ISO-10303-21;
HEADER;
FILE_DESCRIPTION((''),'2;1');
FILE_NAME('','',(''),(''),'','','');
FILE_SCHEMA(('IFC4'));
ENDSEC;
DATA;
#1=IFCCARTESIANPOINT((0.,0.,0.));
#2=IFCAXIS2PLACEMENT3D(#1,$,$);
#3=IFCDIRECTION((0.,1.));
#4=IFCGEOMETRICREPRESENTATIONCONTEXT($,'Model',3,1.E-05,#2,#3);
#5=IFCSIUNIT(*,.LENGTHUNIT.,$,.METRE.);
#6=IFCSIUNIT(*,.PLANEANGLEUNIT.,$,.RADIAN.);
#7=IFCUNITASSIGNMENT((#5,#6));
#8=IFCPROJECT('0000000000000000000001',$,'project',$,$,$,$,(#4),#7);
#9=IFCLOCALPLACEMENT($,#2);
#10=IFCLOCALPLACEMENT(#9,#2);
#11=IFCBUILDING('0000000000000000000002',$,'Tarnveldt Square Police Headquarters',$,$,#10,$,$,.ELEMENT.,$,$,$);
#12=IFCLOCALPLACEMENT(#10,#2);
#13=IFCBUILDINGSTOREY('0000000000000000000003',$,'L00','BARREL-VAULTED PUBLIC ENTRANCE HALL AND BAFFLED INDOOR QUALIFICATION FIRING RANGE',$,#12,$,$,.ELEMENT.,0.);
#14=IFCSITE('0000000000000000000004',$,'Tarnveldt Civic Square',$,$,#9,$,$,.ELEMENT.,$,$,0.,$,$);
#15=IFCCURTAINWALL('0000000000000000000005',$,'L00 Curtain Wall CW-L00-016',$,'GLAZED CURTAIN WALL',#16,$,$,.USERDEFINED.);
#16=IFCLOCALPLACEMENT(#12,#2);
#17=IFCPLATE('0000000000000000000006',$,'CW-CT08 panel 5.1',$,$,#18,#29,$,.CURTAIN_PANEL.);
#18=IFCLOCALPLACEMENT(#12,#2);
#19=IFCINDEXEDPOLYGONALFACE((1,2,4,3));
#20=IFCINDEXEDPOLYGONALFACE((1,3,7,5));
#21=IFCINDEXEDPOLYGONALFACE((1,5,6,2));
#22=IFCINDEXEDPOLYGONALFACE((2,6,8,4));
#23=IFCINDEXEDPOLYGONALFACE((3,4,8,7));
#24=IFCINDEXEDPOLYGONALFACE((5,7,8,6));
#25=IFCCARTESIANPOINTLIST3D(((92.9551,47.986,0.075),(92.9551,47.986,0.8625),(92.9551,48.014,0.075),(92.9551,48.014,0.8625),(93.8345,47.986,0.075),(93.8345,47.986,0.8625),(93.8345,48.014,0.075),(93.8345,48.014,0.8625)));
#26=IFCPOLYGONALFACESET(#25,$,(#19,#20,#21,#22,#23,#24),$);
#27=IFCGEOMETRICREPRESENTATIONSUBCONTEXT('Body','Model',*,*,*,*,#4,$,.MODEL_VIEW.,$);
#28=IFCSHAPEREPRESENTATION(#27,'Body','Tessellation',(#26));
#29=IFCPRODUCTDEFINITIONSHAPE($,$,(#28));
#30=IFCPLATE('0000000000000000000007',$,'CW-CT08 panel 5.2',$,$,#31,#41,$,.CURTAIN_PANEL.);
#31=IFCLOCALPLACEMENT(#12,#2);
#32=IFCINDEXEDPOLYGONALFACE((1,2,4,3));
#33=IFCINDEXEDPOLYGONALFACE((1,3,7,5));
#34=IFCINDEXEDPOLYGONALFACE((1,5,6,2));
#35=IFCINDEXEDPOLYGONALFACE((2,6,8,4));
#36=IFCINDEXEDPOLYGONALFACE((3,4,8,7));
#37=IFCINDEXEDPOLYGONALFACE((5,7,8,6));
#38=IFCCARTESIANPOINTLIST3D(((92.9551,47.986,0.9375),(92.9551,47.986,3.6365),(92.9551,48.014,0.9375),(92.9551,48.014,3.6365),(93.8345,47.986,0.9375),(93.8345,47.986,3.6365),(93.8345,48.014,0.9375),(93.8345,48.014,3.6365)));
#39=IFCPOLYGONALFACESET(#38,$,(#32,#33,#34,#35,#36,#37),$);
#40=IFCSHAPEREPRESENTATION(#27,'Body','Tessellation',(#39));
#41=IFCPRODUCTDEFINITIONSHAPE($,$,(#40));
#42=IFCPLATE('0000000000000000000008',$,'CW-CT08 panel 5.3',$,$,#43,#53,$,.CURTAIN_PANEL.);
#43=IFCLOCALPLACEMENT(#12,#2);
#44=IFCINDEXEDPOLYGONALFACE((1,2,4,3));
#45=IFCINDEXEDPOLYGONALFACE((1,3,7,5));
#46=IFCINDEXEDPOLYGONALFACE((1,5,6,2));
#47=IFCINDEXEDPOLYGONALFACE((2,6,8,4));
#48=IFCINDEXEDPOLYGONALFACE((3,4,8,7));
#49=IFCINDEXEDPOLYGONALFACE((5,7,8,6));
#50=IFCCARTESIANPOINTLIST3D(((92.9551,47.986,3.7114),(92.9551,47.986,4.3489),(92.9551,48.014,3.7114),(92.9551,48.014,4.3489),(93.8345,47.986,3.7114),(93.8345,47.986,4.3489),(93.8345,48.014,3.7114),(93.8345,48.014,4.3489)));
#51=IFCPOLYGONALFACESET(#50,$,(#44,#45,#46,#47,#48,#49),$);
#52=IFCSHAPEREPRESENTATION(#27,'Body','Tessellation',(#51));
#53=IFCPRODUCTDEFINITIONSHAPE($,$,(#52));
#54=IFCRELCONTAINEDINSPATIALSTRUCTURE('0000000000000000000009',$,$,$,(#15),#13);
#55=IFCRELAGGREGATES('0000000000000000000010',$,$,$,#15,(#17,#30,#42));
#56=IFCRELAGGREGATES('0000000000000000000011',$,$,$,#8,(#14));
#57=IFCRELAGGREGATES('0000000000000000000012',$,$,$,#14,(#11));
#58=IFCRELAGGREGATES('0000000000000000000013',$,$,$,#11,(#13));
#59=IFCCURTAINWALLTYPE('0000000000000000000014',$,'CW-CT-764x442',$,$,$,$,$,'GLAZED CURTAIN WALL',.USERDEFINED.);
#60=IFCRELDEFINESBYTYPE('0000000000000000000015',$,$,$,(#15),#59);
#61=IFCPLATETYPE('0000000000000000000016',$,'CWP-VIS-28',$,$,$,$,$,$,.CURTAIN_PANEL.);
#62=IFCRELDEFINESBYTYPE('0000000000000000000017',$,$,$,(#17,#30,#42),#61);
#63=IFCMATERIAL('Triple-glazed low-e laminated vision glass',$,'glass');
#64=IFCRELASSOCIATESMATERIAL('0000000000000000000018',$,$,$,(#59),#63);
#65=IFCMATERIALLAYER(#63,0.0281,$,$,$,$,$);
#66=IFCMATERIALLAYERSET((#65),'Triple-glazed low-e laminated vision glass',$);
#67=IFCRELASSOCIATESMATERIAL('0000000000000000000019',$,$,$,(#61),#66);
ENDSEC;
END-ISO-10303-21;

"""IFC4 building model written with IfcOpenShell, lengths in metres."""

from ifc_helpers import new_model, si_unit, direction, frame, origin, origin_2d, place, context, subcontext, project, spatial, rectangle, extrude, material, layer, layer_set, type_object, element, aggregate, save


model = new_model("IFC4")

# Units and contexts
model_context = context("Model", 3, precision=1e-05, world=origin(), true_north=direction((0.0, 1.0)))
body_context = subcontext(model_context, "Body", "Model", "MODEL_VIEW")
ifc_project = project(units=[si_unit("LENGTHUNIT", "METRE"), si_unit("PLANEANGLEUNIT", "RADIAN")], contexts=[model_context])

# Site, building, storey
site_placement = place(None, origin())
site = spatial("IfcSite", under=ifc_project, at=site_placement, Name="Tarnveldt Civic Square", CompositionType="ELEMENT", RefElevation=0.0)
building_placement = place(site_placement, origin())
building = spatial("IfcBuilding", under=site, at=building_placement, Name="Tarnveldt Square Police Headquarters", CompositionType="ELEMENT")
storey_placement = place(building_placement, origin())
storey = spatial("IfcBuildingStorey", under=building, at=storey_placement, Name="L00", Description="BARREL-VAULTED PUBLIC ENTRANCE HALL AND BAFFLED INDOOR QUALIFICATION FIRING RANGE", CompositionType="ELEMENT", Elevation=0.0)

# Curtain wall, plates
ifc_material_1 = material(Name="Triple-glazed low-e laminated vision glass", Category="glass")
curtain_wall_type = type_object("IfcCurtainWallType", Name="CW-CT-764x442", ElementType="GLAZED CURTAIN WALL", PredefinedType="USERDEFINED", material=ifc_material_1)
curtain_wall_placement = place(storey_placement, origin())
curtain_wall = element("IfcCurtainWall", 1, at=curtain_wall_placement, inside=storey, type_object=curtain_wall_type, Name="L00 Curtain Wall CW-L00-016", ObjectType="GLAZED CURTAIN WALL", PredefinedType="USERDEFINED")
ifc_layer = layer(ifc_material_1, 0.0281)
ifc_layer_set = layer_set([ifc_layer], Name="Triple-glazed low-e laminated vision glass")
plate_type = type_object("IfcPlateType", Name="CWP-VIS-28", PredefinedType="CURTAIN_PANEL", material=ifc_layer_set)
plate_1_placement = place(storey_placement, frame((93.3948, 48.0, 0.075), z_axis=(0.0, 0.0, 1.0), x_axis=(1.0, 0.0, 0.0)))
plate_1 = element("IfcPlate", 2, at=plate_1_placement, type_object=plate_type, Name="CW-CT08 panel 5.1", PredefinedType="CURTAIN_PANEL", context=body_context, shape_type="SweptSolid", body=[
    extrude(rectangle(XDim=0.8794, YDim=0.0281, at=origin_2d()), origin(), (0.0, 0.0, 1.0), 0.7876),
])
plate_2_placement = place(storey_placement, frame((93.3948, 48.0, 0.9375), z_axis=(0.0, 0.0, 1.0), x_axis=(1.0, 0.0, 0.0)))
plate_2 = element("IfcPlate", 3, at=plate_2_placement, type_object=plate_type, Name="CW-CT08 panel 5.2", PredefinedType="CURTAIN_PANEL", context=body_context, shape_type="SweptSolid", body=[
    extrude(rectangle(XDim=0.8794, YDim=0.0281, at=origin_2d()), origin(), (0.0, 0.0, 1.0), 2.699),
])
plate_3_placement = place(storey_placement, frame((93.3948, 48.0, 3.7114), z_axis=(0.0, 0.0, 1.0), x_axis=(1.0, 0.0, 0.0)))
plate_3 = element("IfcPlate", 4, at=plate_3_placement, type_object=plate_type, Name="CW-CT08 panel 5.3", PredefinedType="CURTAIN_PANEL", context=body_context, shape_type="SweptSolid", body=[
    extrude(rectangle(XDim=0.8794, YDim=0.0281, at=origin_2d()), origin(), (0.0, 0.0, 1.0), 0.6375),
])
aggregate(curtain_wall, [plate_1, plate_2, plate_3])

save(model, "model.ifc")
